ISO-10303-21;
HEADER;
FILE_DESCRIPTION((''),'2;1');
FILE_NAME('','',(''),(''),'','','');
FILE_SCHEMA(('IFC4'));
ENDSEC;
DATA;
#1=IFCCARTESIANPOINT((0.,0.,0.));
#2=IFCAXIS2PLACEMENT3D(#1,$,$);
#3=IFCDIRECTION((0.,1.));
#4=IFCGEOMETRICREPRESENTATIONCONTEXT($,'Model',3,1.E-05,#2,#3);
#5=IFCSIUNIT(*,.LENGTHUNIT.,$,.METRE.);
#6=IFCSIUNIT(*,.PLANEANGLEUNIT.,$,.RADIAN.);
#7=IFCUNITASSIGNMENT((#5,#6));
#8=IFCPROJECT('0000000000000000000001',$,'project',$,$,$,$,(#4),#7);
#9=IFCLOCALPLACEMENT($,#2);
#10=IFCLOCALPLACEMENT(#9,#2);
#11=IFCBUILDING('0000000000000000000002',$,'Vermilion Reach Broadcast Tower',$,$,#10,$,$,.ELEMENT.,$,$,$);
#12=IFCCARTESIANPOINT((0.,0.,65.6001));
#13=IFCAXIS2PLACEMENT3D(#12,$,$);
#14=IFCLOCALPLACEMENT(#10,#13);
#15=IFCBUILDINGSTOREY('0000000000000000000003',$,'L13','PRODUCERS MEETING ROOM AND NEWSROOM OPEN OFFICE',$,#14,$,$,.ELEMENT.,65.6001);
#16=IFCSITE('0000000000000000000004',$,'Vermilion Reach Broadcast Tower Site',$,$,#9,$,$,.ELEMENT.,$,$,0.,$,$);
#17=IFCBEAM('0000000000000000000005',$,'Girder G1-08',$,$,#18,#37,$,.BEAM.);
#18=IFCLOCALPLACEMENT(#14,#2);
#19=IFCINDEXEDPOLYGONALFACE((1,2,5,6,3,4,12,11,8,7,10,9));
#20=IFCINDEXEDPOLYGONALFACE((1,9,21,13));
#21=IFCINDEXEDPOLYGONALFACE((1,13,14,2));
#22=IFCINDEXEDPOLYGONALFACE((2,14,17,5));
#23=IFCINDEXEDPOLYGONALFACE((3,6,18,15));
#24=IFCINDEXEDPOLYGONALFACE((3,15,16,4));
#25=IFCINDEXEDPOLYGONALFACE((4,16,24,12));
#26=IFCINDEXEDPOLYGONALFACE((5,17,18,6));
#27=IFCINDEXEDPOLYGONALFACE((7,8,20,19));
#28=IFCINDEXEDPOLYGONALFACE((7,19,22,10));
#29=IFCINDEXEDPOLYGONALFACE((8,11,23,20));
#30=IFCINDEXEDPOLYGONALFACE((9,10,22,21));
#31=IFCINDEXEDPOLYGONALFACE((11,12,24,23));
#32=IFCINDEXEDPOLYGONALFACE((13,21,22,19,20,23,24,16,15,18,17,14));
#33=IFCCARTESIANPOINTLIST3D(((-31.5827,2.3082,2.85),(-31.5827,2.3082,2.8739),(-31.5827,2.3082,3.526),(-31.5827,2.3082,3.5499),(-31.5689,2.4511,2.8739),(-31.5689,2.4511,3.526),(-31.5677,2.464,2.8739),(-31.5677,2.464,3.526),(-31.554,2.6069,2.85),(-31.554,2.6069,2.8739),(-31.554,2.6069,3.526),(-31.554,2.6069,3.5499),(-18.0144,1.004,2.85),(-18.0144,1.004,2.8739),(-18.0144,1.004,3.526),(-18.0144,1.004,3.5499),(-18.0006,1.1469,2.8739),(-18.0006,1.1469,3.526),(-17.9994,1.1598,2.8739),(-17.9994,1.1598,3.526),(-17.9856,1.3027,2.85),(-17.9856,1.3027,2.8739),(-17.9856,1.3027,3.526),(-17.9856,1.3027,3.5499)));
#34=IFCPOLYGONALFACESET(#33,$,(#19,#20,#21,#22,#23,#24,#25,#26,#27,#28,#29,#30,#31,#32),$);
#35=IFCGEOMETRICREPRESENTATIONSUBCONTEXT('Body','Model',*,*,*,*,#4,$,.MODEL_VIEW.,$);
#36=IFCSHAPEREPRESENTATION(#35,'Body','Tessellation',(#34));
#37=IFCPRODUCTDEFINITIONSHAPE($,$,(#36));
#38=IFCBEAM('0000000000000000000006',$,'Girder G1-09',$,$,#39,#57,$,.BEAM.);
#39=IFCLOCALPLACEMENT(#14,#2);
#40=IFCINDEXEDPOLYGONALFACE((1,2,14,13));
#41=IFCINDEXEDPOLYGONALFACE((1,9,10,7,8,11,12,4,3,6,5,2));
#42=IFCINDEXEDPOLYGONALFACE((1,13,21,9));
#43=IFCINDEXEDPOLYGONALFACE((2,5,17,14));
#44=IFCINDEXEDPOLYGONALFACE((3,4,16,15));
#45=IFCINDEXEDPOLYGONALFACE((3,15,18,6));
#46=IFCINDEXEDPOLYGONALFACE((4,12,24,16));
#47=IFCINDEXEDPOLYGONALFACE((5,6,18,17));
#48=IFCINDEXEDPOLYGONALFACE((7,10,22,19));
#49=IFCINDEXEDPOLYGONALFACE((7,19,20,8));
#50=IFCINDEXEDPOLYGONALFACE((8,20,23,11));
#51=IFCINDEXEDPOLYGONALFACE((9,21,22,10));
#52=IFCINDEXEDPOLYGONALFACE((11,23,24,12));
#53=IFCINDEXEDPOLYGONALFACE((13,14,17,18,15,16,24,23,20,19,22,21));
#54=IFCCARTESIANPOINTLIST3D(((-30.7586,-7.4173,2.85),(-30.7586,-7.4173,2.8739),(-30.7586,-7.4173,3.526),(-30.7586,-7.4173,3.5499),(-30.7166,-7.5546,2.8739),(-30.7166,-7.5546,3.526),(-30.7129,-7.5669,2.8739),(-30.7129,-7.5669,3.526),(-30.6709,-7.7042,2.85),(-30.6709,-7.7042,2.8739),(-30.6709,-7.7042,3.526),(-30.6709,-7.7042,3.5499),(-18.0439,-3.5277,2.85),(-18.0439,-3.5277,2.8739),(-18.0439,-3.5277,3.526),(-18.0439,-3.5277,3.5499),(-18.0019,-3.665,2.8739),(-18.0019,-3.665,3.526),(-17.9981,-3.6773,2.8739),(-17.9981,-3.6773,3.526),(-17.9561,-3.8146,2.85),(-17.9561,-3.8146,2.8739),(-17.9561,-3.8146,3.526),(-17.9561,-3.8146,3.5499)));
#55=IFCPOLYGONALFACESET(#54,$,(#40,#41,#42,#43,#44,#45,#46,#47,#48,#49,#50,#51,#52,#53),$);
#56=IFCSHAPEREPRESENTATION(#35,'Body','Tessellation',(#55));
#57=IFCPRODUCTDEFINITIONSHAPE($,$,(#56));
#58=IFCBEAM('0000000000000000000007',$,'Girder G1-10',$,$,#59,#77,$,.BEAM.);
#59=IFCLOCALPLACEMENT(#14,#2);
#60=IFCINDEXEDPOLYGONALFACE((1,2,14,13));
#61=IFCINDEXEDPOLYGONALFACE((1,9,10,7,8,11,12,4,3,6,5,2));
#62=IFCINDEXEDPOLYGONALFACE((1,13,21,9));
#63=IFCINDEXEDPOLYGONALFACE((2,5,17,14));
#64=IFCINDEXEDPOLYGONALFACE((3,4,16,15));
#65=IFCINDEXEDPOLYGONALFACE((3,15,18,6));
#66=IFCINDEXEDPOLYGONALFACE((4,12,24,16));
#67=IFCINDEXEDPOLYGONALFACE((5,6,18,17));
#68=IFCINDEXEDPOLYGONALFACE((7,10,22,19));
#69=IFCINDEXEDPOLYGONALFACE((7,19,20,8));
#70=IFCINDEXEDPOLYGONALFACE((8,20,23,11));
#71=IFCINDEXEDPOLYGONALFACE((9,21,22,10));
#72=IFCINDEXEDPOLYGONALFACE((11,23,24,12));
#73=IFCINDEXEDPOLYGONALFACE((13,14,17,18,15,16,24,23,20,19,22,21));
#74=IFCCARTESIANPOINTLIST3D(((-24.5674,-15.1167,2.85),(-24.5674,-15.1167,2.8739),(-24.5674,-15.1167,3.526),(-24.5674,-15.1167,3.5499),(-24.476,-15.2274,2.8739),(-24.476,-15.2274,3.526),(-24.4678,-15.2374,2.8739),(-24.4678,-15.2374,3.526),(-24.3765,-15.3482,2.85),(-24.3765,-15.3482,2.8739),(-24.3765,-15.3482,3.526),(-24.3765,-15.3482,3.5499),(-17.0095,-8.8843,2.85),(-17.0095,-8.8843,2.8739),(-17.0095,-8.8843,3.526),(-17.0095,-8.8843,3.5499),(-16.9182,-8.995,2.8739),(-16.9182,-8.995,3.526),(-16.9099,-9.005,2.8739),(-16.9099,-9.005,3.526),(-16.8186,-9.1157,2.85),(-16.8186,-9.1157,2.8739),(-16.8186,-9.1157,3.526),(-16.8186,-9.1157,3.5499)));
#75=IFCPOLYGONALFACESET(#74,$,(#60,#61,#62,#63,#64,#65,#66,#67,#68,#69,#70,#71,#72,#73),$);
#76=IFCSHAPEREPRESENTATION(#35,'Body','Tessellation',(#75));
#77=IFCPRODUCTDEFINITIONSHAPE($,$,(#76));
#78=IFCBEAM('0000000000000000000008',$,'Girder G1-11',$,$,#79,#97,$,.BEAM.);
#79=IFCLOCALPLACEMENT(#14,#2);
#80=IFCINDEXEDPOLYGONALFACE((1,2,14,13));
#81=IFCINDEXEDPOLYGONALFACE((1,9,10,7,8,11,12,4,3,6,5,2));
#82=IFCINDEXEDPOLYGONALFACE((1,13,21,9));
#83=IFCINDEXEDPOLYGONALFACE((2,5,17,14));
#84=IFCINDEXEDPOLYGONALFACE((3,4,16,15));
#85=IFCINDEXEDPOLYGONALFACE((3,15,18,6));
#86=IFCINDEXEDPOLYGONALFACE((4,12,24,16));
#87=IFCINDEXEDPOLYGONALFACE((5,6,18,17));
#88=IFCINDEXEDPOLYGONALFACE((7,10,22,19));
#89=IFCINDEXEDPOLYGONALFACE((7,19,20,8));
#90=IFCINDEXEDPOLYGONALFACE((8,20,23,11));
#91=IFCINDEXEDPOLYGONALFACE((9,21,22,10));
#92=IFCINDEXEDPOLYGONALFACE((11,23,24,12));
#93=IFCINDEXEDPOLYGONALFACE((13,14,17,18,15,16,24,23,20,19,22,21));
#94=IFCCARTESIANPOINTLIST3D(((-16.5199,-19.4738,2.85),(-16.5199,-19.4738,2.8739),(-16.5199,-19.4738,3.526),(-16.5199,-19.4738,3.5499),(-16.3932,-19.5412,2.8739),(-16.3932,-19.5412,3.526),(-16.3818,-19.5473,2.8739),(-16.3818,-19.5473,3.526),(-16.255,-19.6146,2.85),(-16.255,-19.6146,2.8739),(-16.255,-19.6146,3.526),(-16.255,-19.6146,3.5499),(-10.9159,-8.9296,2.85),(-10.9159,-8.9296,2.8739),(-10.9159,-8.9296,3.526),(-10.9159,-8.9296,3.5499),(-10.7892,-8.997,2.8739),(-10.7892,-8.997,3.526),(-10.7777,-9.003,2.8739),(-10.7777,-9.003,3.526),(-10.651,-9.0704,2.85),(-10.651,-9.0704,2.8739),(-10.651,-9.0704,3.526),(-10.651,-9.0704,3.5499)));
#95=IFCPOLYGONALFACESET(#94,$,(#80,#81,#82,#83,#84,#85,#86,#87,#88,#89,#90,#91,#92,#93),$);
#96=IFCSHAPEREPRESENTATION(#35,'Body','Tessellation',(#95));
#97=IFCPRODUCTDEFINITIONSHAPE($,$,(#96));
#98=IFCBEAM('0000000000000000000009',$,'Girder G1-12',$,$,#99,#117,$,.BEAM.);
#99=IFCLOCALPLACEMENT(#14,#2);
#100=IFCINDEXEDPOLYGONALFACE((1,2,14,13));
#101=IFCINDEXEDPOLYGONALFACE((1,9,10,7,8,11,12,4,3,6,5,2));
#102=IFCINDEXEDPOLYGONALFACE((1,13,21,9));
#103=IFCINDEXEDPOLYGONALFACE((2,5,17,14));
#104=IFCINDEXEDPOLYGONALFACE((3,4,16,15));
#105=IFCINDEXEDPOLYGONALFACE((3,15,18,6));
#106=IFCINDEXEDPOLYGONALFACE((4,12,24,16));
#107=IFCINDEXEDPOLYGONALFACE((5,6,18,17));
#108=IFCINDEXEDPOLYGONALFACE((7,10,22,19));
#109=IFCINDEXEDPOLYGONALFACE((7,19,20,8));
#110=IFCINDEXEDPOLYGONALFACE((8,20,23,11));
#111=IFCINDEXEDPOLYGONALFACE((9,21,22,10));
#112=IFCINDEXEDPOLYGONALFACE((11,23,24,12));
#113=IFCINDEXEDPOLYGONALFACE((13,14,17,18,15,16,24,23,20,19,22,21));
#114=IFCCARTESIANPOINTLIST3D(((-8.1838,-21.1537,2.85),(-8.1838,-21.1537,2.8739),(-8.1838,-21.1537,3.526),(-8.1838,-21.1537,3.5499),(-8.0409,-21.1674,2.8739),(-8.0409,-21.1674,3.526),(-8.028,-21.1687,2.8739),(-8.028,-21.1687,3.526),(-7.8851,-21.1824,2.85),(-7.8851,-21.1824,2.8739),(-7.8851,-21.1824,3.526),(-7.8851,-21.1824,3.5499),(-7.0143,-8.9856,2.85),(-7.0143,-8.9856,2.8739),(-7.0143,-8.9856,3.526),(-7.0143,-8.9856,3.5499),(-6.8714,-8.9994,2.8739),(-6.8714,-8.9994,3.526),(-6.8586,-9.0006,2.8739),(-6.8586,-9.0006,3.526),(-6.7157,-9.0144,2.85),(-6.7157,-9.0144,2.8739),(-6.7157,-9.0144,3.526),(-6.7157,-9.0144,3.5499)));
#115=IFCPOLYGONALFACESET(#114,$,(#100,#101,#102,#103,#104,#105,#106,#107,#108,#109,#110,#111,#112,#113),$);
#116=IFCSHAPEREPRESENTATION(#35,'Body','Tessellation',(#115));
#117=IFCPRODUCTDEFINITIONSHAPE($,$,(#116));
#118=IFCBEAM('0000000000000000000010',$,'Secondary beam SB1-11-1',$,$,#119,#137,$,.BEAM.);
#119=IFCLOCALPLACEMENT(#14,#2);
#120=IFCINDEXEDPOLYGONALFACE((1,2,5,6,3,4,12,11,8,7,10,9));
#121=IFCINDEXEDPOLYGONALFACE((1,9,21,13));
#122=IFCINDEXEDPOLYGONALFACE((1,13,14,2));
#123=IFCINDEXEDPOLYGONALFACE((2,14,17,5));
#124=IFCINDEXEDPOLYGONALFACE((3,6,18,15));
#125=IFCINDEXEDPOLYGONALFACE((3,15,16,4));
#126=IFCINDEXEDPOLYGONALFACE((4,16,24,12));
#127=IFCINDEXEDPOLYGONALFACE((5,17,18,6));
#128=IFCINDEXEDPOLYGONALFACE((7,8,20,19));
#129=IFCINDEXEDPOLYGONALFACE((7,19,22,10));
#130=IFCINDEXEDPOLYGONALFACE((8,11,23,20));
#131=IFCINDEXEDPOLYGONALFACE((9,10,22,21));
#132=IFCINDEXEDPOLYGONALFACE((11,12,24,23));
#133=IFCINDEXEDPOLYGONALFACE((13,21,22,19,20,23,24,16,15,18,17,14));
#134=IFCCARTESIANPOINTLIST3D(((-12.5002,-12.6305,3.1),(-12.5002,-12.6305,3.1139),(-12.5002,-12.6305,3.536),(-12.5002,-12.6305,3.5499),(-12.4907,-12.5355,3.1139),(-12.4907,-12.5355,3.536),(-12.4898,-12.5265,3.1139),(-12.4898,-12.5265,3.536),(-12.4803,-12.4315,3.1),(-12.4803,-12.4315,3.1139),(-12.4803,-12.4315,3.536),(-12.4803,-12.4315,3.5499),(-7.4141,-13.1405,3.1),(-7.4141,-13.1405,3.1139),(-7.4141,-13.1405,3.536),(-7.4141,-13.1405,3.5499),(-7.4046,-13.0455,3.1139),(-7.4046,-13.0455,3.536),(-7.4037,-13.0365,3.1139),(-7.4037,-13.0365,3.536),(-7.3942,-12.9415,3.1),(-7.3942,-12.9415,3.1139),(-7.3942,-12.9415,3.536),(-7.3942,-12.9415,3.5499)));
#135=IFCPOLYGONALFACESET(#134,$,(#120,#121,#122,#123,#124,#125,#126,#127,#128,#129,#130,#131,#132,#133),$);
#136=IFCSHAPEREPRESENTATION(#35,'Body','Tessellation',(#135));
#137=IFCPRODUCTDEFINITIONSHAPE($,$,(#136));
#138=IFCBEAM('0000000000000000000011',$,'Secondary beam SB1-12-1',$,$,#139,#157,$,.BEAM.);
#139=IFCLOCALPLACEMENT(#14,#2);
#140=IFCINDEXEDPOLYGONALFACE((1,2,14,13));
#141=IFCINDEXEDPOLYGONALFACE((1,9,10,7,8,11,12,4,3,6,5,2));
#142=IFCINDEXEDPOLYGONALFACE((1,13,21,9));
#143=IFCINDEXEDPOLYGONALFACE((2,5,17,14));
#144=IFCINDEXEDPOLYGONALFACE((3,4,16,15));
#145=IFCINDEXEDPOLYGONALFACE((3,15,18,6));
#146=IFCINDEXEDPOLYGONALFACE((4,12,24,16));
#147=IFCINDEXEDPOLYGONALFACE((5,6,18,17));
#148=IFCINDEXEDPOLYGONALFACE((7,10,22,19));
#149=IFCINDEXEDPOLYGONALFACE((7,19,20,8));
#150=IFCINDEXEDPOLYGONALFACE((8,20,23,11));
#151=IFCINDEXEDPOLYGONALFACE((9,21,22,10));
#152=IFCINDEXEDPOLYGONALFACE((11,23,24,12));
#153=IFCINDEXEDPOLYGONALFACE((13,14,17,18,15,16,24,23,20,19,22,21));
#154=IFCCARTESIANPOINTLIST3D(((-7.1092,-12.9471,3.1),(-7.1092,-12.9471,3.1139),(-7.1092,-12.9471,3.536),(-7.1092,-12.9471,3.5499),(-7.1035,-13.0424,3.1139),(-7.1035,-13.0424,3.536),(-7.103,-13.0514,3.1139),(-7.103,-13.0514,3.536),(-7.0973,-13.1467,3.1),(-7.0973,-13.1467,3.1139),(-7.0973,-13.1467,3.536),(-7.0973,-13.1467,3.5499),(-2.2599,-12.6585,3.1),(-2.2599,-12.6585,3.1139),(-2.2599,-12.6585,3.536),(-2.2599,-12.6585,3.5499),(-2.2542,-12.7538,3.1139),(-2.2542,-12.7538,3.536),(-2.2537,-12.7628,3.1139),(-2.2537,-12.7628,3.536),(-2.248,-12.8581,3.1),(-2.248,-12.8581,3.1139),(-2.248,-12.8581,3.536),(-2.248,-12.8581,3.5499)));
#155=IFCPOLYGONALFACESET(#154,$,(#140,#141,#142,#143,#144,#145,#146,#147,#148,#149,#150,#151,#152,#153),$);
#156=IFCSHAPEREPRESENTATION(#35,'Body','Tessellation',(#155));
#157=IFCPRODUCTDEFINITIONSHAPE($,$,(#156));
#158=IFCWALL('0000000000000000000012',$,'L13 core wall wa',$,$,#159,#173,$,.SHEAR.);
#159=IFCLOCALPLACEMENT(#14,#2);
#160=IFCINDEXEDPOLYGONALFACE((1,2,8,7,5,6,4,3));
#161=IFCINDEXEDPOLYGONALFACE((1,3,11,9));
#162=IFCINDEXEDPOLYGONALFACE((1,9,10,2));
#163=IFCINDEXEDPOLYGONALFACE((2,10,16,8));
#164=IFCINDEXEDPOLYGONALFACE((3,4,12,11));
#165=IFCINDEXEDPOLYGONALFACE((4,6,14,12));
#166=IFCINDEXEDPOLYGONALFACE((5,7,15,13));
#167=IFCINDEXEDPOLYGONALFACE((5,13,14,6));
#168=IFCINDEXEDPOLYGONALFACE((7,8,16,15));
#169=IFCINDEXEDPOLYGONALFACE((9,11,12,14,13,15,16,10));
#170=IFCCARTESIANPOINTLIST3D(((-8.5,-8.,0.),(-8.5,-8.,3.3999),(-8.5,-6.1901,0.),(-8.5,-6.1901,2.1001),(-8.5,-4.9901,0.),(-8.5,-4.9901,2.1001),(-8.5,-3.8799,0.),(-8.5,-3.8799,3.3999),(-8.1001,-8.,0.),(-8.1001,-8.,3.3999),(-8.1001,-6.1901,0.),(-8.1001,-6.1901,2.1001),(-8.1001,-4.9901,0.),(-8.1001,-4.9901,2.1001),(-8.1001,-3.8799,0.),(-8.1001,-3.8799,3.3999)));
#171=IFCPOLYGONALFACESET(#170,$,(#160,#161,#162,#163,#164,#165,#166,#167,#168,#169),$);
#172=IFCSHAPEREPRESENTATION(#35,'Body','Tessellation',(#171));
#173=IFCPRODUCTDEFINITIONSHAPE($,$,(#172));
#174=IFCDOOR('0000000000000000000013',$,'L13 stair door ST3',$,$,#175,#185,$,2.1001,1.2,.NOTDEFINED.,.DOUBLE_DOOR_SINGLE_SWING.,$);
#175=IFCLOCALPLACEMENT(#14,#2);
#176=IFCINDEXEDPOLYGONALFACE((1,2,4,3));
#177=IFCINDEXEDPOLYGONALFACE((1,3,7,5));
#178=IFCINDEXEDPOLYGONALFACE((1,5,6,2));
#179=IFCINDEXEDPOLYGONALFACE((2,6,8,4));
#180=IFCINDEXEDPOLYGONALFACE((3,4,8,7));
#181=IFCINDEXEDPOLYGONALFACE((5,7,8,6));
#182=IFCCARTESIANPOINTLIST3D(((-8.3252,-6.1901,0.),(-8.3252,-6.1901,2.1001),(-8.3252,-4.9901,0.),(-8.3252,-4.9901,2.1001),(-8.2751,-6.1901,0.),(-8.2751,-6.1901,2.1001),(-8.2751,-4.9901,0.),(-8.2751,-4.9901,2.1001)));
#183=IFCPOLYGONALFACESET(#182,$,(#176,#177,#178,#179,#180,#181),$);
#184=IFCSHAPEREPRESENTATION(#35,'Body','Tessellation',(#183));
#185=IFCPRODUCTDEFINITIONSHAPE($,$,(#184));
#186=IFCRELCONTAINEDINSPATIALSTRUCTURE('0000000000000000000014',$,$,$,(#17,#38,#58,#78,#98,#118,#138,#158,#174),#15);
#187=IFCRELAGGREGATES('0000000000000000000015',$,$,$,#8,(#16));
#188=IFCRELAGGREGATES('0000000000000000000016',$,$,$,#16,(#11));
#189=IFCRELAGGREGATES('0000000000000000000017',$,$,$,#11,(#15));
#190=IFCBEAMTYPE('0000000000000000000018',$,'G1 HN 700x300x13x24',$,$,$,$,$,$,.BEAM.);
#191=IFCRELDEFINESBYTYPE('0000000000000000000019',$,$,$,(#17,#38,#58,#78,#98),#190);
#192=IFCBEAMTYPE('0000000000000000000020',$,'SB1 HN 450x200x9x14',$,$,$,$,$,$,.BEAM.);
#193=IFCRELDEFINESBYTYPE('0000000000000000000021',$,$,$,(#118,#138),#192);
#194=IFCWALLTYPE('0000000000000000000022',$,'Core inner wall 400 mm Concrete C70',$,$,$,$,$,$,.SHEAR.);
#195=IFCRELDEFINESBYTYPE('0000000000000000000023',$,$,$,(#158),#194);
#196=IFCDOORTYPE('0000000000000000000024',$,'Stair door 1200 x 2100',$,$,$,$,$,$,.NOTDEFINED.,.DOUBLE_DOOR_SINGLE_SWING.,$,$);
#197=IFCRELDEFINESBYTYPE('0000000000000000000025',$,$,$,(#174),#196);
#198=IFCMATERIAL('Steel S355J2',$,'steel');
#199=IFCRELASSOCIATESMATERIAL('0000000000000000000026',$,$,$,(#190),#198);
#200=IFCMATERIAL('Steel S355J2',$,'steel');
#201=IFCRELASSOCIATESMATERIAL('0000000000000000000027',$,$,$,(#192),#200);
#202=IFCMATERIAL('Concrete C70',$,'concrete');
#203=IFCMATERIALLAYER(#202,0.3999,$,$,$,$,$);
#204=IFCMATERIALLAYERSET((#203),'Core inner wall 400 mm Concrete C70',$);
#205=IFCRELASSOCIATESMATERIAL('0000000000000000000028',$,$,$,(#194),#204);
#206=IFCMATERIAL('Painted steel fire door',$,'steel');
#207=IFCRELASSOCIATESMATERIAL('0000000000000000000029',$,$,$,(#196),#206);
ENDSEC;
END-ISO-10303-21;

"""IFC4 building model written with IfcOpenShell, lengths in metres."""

from ifc_helpers import new_model, si_unit, direction, frame, frame_2d, origin, origin_2d, place, context, subcontext, project, spatial, rectangle, i_section, extrude, material, layer, layer_set, material_profile, profile_set, type_object, element, fill, save


model = new_model("IFC4")

# Units and contexts
model_context = context("Model", 3, precision=1e-05, world=origin(), true_north=direction((0.0, 1.0)))
body_context = subcontext(model_context, "Body", "Model", "MODEL_VIEW")
ifc_project = project(units=[si_unit("LENGTHUNIT", "METRE"), si_unit("PLANEANGLEUNIT", "RADIAN")], contexts=[model_context])

# Site, building, storey
site_placement = place(None, origin())
site = spatial("IfcSite", under=ifc_project, at=site_placement, Name="Vermilion Reach Broadcast Tower Site", CompositionType="ELEMENT", RefElevation=0.0)
building_placement = place(site_placement, origin())
building = spatial("IfcBuilding", under=site, at=building_placement, Name="Vermilion Reach Broadcast Tower", CompositionType="ELEMENT")
storey_placement = place(building_placement, frame((0.0, 0.0, 65.6001)))
storey = spatial("IfcBuildingStorey", under=building, at=storey_placement, Name="L13", Description="PRODUCERS MEETING ROOM AND NEWSROOM OPEN OFFICE", CompositionType="ELEMENT", Elevation=65.6001)

# Beams
ifc_material_1 = material(Name="Steel S355J2", Category="steel")
ifc_material_profile_1 = material_profile(ifc_material_1, i_section(OverallWidth=0.3, OverallDepth=0.7, WebThickness=0.0129, FlangeThickness=0.0239, at=origin_2d()), Name="S355J2 HN 700x300x13x24")
ifc_profile_set_1 = profile_set([ifc_material_profile_1], Name="Steel S355J2")
beam_type_1 = type_object("IfcBeamType", Name="G1 HN 700x300x13x24", PredefinedType="BEAM", material=ifc_profile_set_1)
beam_1_placement = place(storey_placement, frame((-18.0, 1.1533, 3.2), z_axis=(-0.995412, 0.09568, 0.0), x_axis=(-0.09568, -0.995412, 0.0)))
element("IfcBeam", 1, at=beam_1_placement, inside=storey, type_object=beam_type_1, Name="Girder G1-08", PredefinedType="BEAM", context=body_context, shape_type="SweptSolid", body=[
    extrude(i_section(OverallWidth=0.3, OverallDepth=0.7, WebThickness=0.0129, FlangeThickness=0.0239, at=origin_2d()), origin(), (0.0, 0.0, 1.0), 13.6309),
])
beam_2_placement = place(storey_placement, frame((-18.0, -3.6711, 3.2), z_axis=(-0.956256, -0.292532, 0.0), x_axis=(0.292532, -0.956256, 0.0)))
element("IfcBeam", 2, at=beam_2_placement, inside=storey, type_object=beam_type_1, Name="Girder G1-09", PredefinedType="BEAM", context=body_context, shape_type="SweptSolid", body=[
    extrude(i_section(OverallWidth=0.3, OverallDepth=0.7, WebThickness=0.0129, FlangeThickness=0.0239, at=origin_2d()), origin(), (0.0, 0.0, 1.0), 13.2964),
])
beam_3_placement = place(storey_placement, frame((-16.9141, -9.0, 3.2), z_axis=(-0.771514, -0.636212, 0.0), x_axis=(0.636212, -0.771514, 0.0)))
element("IfcBeam", 3, at=beam_3_placement, inside=storey, type_object=beam_type_1, Name="Girder G1-10", PredefinedType="BEAM", context=body_context, shape_type="SweptSolid", body=[
    extrude(i_section(OverallWidth=0.3, OverallDepth=0.7, WebThickness=0.0129, FlangeThickness=0.0239, at=origin_2d()), origin(), (0.0, 0.0, 1.0), 9.7961),
])
beam_4_placement = place(storey_placement, frame((-10.7834, -9.0, 3.2), z_axis=(-0.469312, -0.883032, 0.0), x_axis=(0.883032, -0.469312, 0.0)))
element("IfcBeam", 4, at=beam_4_placement, inside=storey, type_object=beam_type_1, Name="Girder G1-11", PredefinedType="BEAM", context=body_context, shape_type="SweptSolid", body=[
    extrude(i_section(OverallWidth=0.3, OverallDepth=0.7, WebThickness=0.0129, FlangeThickness=0.0239, at=origin_2d()), origin(), (0.0, 0.0, 1.0), 11.9409),
])
beam_5_placement = place(storey_placement, frame((-6.865, -9.0, 3.2), z_axis=(-0.095667, -0.995413, 0.0), x_axis=(0.995413, -0.095667, 0.0)))
element("IfcBeam", 5, at=beam_5_placement, inside=storey, type_object=beam_type_1, Name="Girder G1-12", PredefinedType="BEAM", context=body_context, shape_type="SweptSolid", body=[
    extrude(i_section(OverallWidth=0.3, OverallDepth=0.7, WebThickness=0.0129, FlangeThickness=0.0239, at=origin_2d()), origin(), (0.0, 0.0, 1.0), 12.2241),
])
ifc_material_2 = material(Name="Steel S355J2", Category="steel")
ifc_material_profile_2 = material_profile(ifc_material_2, i_section(OverallWidth=0.2, OverallDepth=0.45, WebThickness=0.009, FlangeThickness=0.0139, at=origin_2d()), Name="S355J2 HN 450x200x9x14")
ifc_profile_set_2 = profile_set([ifc_material_profile_2], Name="Steel S355J2")
beam_type_2 = type_object("IfcBeamType", Name="SB1 HN 450x200x9x14", PredefinedType="BEAM", material=ifc_profile_set_2)
beam_6_placement = place(storey_placement, frame((-12.4902, -12.531, 3.325), z_axis=(0.99501, -0.099773, 0.0), x_axis=(0.099773, 0.99501, 0.0)))
element("IfcBeam", 6, at=beam_6_placement, inside=storey, type_object=beam_type_2, Name="Secondary beam SB1-11-1", PredefinedType="BEAM", context=body_context, shape_type="SweptSolid", body=[
    extrude(i_section(OverallWidth=0.2, OverallDepth=0.45, WebThickness=0.009, FlangeThickness=0.0139, at=origin_2d()), origin(), (0.0, 0.0, 1.0), 5.1116),
])
beam_7_placement = place(storey_placement, frame((-7.1033, -13.0469, 3.325), z_axis=(0.998234, 0.059403, 0.0), x_axis=(-0.059403, 0.998234, 0.0)))
element("IfcBeam", 7, at=beam_7_placement, inside=storey, type_object=beam_type_2, Name="Secondary beam SB1-12-1", PredefinedType="BEAM", context=body_context, shape_type="SweptSolid", body=[
    extrude(i_section(OverallWidth=0.2, OverallDepth=0.45, WebThickness=0.009, FlangeThickness=0.0139, at=origin_2d()), origin(), (0.0, 0.0, 1.0), 4.8579),
])

# Wall, opening, door
ifc_material_3 = material(Name="Concrete C70", Category="concrete")
ifc_layer_1 = layer(ifc_material_3, 0.3999)
ifc_layer_set_1 = layer_set([ifc_layer_1], Name="Core inner wall 400 mm Concrete C70")
wall_type_1 = type_object("IfcWallType", Name="Core inner wall 400 mm Concrete C70", PredefinedType="SHEAR", material=ifc_layer_set_1)
wall_1_placement = place(storey_placement, frame((-8.3, -3.8799, 0.0), z_axis=(0.0, 0.0, 1.0), x_axis=(0.0, -1.0, 0.0)))
wall_1 = element("IfcWall", 8, at=wall_1_placement, inside=storey, type_object=wall_type_1, Name="L13 core wall wa", PredefinedType="SHEAR", context=body_context, shape_type="SweptSolid", body=[
    extrude(rectangle(XDim=4.1201, YDim=0.3999, at=frame_2d((2.0601, 0.0))), origin(), (0.0, 0.0, 1.0), 3.3999),
])
opening_1_placement = place(wall_1_placement, frame((1.1101, 0.0, 0.0)))
opening_1 = element("IfcOpeningElement", 9, at=opening_1_placement, cuts=wall_1, PredefinedType="OPENING", context=body_context, shape_type="SweptSolid", body=[
    extrude(rectangle(XDim=1.2, YDim=2.1001, at=frame_2d((0.6001, 1.05))), frame((0.0, 0.21, 0.0), z_axis=(0.0, -1.0, 0.0), x_axis=(1.0, 0.0, 0.0)), (0.0, 0.0, 1.0), 0.4199),
])
ifc_material_4 = material(Name="Painted steel fire door", Category="steel")
door_type_1 = type_object("IfcDoorType", Name="Stair door 1200 x 2100", OperationType="DOUBLE_DOOR_SINGLE_SWING", PredefinedType="NOTDEFINED", material=ifc_material_4)
door_1_placement = place(opening_1_placement, origin())
door_1 = element("IfcDoor", 10, at=door_1_placement, inside=storey, type_object=door_type_1, Name="L13 stair door ST3", OperationType="DOUBLE_DOOR_SINGLE_SWING", OverallHeight=2.1001, OverallWidth=1.2, PredefinedType="NOTDEFINED", context=body_context, shape_type="SweptSolid", body=[
    extrude(rectangle(XDim=1.2, YDim=2.1001, at=frame_2d((0.6001, 1.05))), frame((0.0, 0.0249, 0.0), z_axis=(0.0, -1.0, 0.0), x_axis=(1.0, 0.0, 0.0)), (0.0, 0.0, 1.0), 0.05),
])
fill(opening_1, door_1)

save(model, "model.ifc")
